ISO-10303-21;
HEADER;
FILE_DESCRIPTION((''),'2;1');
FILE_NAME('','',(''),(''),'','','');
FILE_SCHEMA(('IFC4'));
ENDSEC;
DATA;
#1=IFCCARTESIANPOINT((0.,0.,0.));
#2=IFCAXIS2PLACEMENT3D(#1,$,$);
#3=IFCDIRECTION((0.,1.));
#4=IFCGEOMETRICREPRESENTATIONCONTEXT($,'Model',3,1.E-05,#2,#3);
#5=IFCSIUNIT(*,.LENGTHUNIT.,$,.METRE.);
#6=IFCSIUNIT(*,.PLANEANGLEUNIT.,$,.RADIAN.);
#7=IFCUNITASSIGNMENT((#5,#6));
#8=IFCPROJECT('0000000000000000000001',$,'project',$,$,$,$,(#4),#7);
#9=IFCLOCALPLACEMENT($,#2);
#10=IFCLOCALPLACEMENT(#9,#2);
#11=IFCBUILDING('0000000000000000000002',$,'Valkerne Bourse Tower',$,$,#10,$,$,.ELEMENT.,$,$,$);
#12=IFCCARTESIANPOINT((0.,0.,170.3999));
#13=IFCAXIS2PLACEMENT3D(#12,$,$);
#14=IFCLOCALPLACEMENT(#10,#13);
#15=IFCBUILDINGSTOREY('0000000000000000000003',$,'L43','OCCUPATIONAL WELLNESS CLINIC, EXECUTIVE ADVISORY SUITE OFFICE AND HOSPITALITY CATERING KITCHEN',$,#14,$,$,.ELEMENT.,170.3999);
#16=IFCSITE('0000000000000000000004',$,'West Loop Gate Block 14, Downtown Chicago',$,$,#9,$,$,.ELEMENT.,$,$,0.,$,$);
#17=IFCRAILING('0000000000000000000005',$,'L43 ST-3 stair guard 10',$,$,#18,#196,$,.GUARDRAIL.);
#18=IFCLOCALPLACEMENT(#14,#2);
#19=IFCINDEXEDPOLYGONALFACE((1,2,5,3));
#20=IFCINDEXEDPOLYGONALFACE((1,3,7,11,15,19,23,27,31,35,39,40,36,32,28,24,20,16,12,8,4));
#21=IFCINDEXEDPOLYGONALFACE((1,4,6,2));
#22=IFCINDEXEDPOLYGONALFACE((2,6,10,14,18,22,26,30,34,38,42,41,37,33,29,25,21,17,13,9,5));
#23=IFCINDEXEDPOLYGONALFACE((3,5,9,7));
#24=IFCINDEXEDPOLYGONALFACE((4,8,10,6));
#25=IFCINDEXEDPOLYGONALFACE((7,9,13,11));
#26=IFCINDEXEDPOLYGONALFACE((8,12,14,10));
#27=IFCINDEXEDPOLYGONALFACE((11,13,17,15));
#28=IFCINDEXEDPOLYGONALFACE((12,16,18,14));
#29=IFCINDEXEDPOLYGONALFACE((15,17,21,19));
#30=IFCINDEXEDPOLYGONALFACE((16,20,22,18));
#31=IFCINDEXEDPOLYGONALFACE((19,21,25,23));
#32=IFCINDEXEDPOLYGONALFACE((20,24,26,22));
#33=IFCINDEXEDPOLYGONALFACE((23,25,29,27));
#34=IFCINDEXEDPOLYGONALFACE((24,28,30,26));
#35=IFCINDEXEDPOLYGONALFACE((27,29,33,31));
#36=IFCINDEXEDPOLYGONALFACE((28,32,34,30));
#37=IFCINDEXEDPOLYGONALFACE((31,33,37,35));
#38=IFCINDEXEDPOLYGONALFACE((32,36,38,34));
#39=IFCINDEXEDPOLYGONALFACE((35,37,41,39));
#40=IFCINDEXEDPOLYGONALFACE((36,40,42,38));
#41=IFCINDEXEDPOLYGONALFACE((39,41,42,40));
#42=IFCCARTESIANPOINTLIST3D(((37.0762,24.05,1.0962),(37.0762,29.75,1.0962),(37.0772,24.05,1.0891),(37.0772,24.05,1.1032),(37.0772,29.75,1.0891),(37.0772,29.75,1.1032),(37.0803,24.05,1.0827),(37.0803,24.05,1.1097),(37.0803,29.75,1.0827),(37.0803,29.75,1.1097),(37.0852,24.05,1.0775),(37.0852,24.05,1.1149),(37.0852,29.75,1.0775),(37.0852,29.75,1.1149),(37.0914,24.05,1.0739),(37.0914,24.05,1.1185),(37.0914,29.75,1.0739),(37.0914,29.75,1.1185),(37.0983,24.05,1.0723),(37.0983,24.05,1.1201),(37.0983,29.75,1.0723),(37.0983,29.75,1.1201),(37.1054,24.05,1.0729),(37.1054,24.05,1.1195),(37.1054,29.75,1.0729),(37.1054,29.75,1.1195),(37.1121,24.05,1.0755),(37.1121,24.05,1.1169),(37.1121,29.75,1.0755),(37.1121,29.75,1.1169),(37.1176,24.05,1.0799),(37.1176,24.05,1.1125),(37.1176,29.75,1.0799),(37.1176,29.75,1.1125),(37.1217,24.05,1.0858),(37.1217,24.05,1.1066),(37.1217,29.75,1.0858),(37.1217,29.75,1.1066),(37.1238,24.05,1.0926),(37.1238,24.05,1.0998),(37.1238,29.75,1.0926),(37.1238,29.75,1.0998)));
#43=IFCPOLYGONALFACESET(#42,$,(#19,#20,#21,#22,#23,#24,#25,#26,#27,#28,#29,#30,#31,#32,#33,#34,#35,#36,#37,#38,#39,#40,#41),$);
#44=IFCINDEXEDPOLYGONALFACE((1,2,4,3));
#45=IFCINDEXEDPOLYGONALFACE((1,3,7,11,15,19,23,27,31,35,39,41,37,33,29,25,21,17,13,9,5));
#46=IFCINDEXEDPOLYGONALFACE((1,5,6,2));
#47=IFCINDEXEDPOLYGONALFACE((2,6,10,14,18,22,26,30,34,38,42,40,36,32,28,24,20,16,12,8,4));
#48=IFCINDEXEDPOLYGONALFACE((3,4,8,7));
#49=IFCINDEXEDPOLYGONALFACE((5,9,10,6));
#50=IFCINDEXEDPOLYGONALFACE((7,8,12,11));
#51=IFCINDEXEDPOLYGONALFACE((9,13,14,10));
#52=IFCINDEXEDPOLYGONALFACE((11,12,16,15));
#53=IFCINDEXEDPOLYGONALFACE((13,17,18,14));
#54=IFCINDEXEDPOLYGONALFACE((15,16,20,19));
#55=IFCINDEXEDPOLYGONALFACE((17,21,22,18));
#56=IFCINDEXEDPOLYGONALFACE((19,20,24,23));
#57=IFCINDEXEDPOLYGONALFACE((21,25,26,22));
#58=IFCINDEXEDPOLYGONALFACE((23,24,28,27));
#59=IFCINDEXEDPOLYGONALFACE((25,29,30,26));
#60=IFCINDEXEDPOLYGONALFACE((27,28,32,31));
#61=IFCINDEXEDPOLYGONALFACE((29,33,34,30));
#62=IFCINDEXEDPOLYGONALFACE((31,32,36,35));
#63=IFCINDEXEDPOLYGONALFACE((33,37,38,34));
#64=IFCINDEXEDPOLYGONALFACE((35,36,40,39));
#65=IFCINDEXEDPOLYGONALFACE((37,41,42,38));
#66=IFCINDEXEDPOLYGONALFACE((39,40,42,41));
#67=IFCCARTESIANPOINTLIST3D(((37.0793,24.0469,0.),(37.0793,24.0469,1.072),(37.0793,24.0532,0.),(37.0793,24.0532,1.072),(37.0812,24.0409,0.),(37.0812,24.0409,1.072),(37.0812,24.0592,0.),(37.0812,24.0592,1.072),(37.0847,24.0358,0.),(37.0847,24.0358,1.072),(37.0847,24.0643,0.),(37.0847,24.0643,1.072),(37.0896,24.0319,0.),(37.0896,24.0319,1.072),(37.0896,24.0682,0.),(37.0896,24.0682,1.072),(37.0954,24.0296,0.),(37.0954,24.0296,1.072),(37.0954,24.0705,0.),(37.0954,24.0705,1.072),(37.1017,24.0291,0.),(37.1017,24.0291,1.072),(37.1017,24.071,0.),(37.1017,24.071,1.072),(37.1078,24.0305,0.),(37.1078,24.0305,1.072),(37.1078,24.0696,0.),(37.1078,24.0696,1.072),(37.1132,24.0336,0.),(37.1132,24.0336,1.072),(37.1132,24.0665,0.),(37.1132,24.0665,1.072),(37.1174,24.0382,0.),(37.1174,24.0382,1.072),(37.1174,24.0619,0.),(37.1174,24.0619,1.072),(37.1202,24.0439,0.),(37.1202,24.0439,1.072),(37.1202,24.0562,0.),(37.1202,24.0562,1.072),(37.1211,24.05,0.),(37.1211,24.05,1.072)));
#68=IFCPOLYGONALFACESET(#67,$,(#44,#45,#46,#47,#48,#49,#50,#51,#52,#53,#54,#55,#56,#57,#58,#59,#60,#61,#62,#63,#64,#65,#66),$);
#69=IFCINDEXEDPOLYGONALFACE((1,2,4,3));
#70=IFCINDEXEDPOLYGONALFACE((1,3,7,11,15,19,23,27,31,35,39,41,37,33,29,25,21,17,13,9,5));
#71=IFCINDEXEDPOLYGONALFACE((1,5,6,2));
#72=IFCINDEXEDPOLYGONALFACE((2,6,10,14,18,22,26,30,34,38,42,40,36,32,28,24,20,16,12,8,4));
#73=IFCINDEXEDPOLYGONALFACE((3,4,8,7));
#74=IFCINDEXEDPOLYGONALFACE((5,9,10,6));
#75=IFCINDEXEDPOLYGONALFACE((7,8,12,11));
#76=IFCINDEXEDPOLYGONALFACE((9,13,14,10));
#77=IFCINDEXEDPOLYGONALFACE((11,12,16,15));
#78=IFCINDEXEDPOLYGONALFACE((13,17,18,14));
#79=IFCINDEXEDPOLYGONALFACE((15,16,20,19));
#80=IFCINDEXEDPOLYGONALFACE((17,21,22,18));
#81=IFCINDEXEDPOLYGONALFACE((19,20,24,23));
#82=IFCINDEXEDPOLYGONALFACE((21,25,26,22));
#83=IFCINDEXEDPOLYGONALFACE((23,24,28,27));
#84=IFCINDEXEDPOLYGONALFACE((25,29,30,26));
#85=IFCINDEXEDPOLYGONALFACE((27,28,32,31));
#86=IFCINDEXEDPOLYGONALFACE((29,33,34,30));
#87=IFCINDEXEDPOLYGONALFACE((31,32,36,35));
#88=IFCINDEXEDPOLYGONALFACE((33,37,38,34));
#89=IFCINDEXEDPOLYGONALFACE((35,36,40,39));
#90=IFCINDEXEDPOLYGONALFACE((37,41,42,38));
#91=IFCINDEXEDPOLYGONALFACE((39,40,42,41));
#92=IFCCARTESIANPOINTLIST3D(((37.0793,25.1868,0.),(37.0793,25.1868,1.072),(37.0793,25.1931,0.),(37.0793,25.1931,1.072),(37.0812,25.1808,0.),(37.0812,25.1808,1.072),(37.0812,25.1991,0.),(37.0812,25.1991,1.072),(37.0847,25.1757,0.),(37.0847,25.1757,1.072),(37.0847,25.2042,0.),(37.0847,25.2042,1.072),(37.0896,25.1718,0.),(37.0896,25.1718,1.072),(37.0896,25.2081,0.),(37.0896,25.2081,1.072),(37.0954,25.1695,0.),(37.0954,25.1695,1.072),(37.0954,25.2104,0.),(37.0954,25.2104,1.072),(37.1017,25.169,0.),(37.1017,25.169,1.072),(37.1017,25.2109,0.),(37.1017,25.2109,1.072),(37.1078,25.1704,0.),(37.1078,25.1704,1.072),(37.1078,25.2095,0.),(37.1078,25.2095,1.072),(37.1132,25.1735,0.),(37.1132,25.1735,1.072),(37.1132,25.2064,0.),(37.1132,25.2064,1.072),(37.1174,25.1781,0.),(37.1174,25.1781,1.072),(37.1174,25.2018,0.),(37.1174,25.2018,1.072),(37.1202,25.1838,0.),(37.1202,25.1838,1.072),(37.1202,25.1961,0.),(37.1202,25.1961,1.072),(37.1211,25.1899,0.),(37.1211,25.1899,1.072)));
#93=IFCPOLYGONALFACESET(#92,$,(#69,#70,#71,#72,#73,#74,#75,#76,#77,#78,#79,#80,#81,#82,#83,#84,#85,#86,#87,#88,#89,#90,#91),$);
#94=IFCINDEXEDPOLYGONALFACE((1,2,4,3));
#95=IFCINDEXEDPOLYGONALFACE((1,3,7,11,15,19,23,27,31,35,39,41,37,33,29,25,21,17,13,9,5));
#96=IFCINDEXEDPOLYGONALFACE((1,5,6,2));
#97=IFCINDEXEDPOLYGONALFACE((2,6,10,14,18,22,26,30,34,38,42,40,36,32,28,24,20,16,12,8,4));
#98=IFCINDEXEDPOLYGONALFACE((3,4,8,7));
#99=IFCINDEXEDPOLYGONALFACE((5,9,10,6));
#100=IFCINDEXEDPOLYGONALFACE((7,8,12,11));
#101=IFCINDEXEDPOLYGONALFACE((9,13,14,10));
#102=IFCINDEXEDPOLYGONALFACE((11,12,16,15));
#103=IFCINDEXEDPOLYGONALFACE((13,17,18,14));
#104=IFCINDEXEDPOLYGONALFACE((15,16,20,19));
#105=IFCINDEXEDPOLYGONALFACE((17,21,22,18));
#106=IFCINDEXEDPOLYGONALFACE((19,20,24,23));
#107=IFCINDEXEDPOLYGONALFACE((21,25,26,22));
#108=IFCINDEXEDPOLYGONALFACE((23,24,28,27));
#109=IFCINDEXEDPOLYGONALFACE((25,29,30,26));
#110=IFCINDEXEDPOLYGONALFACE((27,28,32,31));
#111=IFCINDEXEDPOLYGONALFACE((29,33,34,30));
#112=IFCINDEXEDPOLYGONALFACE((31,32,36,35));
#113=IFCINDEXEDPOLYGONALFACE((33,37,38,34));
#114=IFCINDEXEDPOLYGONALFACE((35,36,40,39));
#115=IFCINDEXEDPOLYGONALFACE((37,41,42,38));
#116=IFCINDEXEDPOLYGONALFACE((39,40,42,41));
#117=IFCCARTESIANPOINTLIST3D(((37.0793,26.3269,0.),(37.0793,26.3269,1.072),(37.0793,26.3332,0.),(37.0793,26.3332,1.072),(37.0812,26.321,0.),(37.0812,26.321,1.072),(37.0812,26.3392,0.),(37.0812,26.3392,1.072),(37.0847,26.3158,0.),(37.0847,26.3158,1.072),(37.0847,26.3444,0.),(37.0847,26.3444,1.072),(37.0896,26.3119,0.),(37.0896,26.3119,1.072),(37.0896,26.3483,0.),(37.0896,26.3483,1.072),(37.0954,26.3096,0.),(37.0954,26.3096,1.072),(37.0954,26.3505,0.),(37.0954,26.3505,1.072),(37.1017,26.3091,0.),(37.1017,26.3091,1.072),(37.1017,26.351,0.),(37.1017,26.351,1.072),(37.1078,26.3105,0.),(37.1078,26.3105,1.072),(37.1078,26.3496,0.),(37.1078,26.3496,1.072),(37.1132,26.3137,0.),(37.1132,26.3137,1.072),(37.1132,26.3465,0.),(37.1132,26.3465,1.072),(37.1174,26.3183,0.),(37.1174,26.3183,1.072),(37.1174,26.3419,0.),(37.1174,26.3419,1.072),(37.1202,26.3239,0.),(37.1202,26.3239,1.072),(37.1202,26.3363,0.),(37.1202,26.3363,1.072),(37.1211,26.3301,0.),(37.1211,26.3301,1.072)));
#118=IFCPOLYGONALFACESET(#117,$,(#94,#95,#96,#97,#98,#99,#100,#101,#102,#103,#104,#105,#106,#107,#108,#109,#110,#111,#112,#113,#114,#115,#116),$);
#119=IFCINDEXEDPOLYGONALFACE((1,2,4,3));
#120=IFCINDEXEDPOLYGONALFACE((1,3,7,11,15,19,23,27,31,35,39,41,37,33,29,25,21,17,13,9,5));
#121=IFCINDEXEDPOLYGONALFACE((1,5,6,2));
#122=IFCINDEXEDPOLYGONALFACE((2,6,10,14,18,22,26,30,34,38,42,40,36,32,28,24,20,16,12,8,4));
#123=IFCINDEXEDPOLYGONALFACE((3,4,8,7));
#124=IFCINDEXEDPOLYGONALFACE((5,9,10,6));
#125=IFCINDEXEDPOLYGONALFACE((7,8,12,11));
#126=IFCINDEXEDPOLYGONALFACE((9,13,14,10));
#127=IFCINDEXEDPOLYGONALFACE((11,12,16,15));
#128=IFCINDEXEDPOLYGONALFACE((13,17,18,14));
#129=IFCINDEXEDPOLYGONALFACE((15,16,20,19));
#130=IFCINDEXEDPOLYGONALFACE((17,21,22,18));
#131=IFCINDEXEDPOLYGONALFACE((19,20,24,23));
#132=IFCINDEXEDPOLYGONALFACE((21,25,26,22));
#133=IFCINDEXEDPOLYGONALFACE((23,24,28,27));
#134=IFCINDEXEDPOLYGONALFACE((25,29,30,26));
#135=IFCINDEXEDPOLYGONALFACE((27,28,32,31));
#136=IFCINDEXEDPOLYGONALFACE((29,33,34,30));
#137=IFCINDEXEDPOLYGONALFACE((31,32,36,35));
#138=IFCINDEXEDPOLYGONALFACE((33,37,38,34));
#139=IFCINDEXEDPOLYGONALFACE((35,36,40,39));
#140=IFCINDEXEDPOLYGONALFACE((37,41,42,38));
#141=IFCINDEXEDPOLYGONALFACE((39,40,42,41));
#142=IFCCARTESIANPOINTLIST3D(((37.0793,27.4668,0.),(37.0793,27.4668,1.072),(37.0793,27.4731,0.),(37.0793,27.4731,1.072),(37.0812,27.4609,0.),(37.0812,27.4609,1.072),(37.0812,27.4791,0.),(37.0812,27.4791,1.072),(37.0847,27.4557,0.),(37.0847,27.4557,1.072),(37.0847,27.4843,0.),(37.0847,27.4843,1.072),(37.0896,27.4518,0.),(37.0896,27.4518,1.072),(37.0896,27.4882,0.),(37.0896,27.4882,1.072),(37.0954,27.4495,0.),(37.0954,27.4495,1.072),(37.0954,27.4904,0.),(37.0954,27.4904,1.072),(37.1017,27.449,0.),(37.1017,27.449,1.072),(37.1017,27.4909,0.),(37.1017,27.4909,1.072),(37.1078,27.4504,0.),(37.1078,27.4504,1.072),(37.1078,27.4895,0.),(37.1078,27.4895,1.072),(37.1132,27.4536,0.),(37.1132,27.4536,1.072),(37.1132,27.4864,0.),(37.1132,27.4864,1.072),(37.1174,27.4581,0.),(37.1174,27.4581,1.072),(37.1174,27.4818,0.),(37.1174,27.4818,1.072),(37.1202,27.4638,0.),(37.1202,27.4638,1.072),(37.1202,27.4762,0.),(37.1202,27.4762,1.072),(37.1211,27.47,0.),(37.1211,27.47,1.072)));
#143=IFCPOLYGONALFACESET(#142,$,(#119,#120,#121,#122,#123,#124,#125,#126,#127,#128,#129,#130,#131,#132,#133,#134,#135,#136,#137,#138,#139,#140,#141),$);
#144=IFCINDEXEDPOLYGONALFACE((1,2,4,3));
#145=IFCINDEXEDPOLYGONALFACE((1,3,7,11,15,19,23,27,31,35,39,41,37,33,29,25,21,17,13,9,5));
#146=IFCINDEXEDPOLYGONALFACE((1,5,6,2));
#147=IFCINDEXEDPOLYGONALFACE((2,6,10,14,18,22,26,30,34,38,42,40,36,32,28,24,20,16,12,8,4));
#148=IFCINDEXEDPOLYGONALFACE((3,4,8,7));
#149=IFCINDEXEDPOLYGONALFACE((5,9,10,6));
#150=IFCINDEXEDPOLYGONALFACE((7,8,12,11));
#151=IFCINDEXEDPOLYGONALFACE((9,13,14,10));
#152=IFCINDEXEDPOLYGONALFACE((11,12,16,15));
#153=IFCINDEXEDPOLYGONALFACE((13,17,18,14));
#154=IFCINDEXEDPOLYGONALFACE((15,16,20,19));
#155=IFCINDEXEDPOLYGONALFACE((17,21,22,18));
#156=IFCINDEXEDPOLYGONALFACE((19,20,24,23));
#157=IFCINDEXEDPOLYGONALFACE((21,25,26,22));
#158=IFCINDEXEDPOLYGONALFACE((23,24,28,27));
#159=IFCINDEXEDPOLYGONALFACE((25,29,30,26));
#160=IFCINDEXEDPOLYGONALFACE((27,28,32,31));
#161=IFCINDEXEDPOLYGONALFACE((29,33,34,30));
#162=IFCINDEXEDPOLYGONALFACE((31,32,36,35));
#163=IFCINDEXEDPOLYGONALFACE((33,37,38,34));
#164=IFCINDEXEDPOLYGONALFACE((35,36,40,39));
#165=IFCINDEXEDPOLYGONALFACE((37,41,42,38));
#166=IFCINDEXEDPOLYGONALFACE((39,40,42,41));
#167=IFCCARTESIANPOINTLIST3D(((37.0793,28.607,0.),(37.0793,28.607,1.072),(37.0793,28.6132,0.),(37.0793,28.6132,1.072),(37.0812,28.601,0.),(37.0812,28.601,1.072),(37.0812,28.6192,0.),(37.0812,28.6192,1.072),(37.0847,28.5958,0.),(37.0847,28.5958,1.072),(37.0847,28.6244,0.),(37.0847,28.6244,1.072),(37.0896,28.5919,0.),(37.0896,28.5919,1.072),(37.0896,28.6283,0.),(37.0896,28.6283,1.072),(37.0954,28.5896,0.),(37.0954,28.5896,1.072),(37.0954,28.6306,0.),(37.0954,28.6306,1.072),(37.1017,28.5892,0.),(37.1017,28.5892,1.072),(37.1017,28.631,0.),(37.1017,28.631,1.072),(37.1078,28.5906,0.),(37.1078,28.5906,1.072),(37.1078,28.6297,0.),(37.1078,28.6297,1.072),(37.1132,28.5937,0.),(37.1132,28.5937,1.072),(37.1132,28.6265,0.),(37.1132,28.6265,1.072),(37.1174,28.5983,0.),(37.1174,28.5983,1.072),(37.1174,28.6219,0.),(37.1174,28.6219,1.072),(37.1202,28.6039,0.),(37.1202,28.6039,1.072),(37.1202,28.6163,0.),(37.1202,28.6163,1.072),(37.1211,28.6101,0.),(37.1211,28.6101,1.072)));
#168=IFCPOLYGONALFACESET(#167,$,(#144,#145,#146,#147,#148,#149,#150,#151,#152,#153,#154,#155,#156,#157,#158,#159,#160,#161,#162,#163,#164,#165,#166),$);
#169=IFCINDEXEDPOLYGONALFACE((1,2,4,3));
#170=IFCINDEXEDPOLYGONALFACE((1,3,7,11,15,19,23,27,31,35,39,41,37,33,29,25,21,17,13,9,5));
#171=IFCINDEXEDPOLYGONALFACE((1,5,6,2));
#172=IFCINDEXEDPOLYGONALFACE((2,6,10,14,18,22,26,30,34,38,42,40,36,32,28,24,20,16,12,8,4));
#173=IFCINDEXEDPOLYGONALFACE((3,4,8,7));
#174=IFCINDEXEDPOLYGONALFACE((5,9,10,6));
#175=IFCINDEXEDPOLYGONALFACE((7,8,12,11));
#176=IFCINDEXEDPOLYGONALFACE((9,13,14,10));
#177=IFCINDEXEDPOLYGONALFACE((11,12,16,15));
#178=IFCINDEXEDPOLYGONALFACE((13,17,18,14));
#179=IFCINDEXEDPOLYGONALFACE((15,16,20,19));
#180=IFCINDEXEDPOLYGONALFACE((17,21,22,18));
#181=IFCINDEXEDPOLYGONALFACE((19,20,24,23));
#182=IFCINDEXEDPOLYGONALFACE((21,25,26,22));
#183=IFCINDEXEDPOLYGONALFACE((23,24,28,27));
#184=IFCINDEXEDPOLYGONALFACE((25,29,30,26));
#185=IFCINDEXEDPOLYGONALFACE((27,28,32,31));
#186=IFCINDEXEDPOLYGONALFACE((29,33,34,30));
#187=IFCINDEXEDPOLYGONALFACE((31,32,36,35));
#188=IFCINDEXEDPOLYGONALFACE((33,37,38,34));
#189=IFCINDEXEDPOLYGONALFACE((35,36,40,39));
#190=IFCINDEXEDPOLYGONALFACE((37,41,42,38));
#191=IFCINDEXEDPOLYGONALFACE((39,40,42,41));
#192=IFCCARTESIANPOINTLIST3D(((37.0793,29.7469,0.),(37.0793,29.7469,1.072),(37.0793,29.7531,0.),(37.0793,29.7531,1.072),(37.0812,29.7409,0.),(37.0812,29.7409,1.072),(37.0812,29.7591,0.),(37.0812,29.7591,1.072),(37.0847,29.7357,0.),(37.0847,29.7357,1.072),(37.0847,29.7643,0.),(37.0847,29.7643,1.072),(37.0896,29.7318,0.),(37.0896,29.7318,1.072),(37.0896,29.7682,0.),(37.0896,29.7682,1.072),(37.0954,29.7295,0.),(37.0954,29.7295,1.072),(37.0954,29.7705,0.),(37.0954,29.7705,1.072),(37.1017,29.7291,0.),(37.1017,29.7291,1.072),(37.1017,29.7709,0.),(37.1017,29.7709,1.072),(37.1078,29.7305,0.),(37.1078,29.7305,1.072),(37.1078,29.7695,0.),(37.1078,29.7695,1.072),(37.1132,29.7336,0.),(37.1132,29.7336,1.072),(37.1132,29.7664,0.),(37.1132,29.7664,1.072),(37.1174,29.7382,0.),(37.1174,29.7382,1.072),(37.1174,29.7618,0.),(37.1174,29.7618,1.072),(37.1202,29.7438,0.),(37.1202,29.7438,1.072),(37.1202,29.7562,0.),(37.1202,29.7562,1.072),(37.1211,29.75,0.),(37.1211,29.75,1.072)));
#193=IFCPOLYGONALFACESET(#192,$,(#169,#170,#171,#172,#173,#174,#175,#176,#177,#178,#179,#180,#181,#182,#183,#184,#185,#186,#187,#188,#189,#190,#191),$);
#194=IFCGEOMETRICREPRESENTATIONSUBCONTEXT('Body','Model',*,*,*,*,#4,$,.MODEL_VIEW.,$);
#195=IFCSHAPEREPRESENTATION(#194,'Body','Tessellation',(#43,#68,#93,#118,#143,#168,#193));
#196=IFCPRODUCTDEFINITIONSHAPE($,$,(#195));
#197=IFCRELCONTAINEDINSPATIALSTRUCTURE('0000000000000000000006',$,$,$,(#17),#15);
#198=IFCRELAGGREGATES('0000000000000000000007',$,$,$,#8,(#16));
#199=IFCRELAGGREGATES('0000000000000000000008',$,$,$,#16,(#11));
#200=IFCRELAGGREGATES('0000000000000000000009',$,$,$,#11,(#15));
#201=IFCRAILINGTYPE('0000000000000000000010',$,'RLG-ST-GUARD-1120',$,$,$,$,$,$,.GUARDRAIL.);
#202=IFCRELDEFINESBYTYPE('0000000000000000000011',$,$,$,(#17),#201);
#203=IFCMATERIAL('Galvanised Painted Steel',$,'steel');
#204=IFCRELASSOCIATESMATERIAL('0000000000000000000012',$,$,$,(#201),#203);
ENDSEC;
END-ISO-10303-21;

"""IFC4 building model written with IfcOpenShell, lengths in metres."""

from ifc_helpers import new_model, si_unit, direction, frame, origin, origin_2d, place, context, subcontext, project, spatial, circle, extrude, material, type_object, element, save


model = new_model("IFC4")

# Units and contexts
model_context = context("Model", 3, precision=1e-05, world=origin(), true_north=direction((0.0, 1.0)))
body_context = subcontext(model_context, "Body", "Model", "MODEL_VIEW")
ifc_project = project(units=[si_unit("LENGTHUNIT", "METRE"), si_unit("PLANEANGLEUNIT", "RADIAN")], contexts=[model_context])

# Site, building, storey
site_placement = place(None, origin())
site = spatial("IfcSite", under=ifc_project, at=site_placement, Name="West Loop Gate Block 14, Downtown Chicago", CompositionType="ELEMENT", RefElevation=0.0)
building_placement = place(site_placement, origin())
building = spatial("IfcBuilding", under=site, at=building_placement, Name="Valkerne Bourse Tower", CompositionType="ELEMENT")
storey_placement = place(building_placement, frame((0.0, 0.0, 170.3999)))
storey = spatial("IfcBuildingStorey", under=building, at=storey_placement, Name="L43", Description="OCCUPATIONAL WELLNESS CLINIC, EXECUTIVE ADVISORY SUITE OFFICE AND HOSPITALITY CATERING KITCHEN", CompositionType="ELEMENT", Elevation=170.3999)

# Railing
ifc_material_1 = material(Name="Galvanised Painted Steel", Category="steel")
railing_type_1 = type_object("IfcRailingType", Name="RLG-ST-GUARD-1120", PredefinedType="GUARDRAIL", material=ifc_material_1)
railing_1_placement = place(storey_placement, frame((37.1001, 24.05, 0.0)))
element("IfcRailing", 1, at=railing_1_placement, inside=storey, type_object=railing_type_1, Name="L43 ST-3 stair guard 10", PredefinedType="GUARDRAIL", context=body_context, shape_type="SweptSolid", body=[
    extrude(circle(Radius=0.0239, at=origin_2d()), frame((0.0, 0.0, 1.0962), z_axis=(0.0, 1.0, 0.0), x_axis=(-1.0, 0.0, 0.0)), (0.0, 0.0, 1.0), 5.7),
    extrude(circle(Radius=0.021, at=origin_2d()), origin(), (0.0, 0.0, 1.0), 1.072),
    extrude(circle(Radius=0.021, at=origin_2d()), frame((0.0, 1.1399, 0.0)), (0.0, 0.0, 1.0), 1.072),
    extrude(circle(Radius=0.021, at=origin_2d()), frame((0.0, 2.28, 0.0)), (0.0, 0.0, 1.0), 1.072),
    extrude(circle(Radius=0.021, at=origin_2d()), frame((0.0, 3.4199, 0.0)), (0.0, 0.0, 1.0), 1.072),
    extrude(circle(Radius=0.021, at=origin_2d()), frame((0.0, 4.5601, 0.0)), (0.0, 0.0, 1.0), 1.072),
    extrude(circle(Radius=0.021, at=origin_2d()), frame((0.0, 5.7, 0.0)), (0.0, 0.0, 1.0), 1.072),
])

save(model, "model.ifc")
